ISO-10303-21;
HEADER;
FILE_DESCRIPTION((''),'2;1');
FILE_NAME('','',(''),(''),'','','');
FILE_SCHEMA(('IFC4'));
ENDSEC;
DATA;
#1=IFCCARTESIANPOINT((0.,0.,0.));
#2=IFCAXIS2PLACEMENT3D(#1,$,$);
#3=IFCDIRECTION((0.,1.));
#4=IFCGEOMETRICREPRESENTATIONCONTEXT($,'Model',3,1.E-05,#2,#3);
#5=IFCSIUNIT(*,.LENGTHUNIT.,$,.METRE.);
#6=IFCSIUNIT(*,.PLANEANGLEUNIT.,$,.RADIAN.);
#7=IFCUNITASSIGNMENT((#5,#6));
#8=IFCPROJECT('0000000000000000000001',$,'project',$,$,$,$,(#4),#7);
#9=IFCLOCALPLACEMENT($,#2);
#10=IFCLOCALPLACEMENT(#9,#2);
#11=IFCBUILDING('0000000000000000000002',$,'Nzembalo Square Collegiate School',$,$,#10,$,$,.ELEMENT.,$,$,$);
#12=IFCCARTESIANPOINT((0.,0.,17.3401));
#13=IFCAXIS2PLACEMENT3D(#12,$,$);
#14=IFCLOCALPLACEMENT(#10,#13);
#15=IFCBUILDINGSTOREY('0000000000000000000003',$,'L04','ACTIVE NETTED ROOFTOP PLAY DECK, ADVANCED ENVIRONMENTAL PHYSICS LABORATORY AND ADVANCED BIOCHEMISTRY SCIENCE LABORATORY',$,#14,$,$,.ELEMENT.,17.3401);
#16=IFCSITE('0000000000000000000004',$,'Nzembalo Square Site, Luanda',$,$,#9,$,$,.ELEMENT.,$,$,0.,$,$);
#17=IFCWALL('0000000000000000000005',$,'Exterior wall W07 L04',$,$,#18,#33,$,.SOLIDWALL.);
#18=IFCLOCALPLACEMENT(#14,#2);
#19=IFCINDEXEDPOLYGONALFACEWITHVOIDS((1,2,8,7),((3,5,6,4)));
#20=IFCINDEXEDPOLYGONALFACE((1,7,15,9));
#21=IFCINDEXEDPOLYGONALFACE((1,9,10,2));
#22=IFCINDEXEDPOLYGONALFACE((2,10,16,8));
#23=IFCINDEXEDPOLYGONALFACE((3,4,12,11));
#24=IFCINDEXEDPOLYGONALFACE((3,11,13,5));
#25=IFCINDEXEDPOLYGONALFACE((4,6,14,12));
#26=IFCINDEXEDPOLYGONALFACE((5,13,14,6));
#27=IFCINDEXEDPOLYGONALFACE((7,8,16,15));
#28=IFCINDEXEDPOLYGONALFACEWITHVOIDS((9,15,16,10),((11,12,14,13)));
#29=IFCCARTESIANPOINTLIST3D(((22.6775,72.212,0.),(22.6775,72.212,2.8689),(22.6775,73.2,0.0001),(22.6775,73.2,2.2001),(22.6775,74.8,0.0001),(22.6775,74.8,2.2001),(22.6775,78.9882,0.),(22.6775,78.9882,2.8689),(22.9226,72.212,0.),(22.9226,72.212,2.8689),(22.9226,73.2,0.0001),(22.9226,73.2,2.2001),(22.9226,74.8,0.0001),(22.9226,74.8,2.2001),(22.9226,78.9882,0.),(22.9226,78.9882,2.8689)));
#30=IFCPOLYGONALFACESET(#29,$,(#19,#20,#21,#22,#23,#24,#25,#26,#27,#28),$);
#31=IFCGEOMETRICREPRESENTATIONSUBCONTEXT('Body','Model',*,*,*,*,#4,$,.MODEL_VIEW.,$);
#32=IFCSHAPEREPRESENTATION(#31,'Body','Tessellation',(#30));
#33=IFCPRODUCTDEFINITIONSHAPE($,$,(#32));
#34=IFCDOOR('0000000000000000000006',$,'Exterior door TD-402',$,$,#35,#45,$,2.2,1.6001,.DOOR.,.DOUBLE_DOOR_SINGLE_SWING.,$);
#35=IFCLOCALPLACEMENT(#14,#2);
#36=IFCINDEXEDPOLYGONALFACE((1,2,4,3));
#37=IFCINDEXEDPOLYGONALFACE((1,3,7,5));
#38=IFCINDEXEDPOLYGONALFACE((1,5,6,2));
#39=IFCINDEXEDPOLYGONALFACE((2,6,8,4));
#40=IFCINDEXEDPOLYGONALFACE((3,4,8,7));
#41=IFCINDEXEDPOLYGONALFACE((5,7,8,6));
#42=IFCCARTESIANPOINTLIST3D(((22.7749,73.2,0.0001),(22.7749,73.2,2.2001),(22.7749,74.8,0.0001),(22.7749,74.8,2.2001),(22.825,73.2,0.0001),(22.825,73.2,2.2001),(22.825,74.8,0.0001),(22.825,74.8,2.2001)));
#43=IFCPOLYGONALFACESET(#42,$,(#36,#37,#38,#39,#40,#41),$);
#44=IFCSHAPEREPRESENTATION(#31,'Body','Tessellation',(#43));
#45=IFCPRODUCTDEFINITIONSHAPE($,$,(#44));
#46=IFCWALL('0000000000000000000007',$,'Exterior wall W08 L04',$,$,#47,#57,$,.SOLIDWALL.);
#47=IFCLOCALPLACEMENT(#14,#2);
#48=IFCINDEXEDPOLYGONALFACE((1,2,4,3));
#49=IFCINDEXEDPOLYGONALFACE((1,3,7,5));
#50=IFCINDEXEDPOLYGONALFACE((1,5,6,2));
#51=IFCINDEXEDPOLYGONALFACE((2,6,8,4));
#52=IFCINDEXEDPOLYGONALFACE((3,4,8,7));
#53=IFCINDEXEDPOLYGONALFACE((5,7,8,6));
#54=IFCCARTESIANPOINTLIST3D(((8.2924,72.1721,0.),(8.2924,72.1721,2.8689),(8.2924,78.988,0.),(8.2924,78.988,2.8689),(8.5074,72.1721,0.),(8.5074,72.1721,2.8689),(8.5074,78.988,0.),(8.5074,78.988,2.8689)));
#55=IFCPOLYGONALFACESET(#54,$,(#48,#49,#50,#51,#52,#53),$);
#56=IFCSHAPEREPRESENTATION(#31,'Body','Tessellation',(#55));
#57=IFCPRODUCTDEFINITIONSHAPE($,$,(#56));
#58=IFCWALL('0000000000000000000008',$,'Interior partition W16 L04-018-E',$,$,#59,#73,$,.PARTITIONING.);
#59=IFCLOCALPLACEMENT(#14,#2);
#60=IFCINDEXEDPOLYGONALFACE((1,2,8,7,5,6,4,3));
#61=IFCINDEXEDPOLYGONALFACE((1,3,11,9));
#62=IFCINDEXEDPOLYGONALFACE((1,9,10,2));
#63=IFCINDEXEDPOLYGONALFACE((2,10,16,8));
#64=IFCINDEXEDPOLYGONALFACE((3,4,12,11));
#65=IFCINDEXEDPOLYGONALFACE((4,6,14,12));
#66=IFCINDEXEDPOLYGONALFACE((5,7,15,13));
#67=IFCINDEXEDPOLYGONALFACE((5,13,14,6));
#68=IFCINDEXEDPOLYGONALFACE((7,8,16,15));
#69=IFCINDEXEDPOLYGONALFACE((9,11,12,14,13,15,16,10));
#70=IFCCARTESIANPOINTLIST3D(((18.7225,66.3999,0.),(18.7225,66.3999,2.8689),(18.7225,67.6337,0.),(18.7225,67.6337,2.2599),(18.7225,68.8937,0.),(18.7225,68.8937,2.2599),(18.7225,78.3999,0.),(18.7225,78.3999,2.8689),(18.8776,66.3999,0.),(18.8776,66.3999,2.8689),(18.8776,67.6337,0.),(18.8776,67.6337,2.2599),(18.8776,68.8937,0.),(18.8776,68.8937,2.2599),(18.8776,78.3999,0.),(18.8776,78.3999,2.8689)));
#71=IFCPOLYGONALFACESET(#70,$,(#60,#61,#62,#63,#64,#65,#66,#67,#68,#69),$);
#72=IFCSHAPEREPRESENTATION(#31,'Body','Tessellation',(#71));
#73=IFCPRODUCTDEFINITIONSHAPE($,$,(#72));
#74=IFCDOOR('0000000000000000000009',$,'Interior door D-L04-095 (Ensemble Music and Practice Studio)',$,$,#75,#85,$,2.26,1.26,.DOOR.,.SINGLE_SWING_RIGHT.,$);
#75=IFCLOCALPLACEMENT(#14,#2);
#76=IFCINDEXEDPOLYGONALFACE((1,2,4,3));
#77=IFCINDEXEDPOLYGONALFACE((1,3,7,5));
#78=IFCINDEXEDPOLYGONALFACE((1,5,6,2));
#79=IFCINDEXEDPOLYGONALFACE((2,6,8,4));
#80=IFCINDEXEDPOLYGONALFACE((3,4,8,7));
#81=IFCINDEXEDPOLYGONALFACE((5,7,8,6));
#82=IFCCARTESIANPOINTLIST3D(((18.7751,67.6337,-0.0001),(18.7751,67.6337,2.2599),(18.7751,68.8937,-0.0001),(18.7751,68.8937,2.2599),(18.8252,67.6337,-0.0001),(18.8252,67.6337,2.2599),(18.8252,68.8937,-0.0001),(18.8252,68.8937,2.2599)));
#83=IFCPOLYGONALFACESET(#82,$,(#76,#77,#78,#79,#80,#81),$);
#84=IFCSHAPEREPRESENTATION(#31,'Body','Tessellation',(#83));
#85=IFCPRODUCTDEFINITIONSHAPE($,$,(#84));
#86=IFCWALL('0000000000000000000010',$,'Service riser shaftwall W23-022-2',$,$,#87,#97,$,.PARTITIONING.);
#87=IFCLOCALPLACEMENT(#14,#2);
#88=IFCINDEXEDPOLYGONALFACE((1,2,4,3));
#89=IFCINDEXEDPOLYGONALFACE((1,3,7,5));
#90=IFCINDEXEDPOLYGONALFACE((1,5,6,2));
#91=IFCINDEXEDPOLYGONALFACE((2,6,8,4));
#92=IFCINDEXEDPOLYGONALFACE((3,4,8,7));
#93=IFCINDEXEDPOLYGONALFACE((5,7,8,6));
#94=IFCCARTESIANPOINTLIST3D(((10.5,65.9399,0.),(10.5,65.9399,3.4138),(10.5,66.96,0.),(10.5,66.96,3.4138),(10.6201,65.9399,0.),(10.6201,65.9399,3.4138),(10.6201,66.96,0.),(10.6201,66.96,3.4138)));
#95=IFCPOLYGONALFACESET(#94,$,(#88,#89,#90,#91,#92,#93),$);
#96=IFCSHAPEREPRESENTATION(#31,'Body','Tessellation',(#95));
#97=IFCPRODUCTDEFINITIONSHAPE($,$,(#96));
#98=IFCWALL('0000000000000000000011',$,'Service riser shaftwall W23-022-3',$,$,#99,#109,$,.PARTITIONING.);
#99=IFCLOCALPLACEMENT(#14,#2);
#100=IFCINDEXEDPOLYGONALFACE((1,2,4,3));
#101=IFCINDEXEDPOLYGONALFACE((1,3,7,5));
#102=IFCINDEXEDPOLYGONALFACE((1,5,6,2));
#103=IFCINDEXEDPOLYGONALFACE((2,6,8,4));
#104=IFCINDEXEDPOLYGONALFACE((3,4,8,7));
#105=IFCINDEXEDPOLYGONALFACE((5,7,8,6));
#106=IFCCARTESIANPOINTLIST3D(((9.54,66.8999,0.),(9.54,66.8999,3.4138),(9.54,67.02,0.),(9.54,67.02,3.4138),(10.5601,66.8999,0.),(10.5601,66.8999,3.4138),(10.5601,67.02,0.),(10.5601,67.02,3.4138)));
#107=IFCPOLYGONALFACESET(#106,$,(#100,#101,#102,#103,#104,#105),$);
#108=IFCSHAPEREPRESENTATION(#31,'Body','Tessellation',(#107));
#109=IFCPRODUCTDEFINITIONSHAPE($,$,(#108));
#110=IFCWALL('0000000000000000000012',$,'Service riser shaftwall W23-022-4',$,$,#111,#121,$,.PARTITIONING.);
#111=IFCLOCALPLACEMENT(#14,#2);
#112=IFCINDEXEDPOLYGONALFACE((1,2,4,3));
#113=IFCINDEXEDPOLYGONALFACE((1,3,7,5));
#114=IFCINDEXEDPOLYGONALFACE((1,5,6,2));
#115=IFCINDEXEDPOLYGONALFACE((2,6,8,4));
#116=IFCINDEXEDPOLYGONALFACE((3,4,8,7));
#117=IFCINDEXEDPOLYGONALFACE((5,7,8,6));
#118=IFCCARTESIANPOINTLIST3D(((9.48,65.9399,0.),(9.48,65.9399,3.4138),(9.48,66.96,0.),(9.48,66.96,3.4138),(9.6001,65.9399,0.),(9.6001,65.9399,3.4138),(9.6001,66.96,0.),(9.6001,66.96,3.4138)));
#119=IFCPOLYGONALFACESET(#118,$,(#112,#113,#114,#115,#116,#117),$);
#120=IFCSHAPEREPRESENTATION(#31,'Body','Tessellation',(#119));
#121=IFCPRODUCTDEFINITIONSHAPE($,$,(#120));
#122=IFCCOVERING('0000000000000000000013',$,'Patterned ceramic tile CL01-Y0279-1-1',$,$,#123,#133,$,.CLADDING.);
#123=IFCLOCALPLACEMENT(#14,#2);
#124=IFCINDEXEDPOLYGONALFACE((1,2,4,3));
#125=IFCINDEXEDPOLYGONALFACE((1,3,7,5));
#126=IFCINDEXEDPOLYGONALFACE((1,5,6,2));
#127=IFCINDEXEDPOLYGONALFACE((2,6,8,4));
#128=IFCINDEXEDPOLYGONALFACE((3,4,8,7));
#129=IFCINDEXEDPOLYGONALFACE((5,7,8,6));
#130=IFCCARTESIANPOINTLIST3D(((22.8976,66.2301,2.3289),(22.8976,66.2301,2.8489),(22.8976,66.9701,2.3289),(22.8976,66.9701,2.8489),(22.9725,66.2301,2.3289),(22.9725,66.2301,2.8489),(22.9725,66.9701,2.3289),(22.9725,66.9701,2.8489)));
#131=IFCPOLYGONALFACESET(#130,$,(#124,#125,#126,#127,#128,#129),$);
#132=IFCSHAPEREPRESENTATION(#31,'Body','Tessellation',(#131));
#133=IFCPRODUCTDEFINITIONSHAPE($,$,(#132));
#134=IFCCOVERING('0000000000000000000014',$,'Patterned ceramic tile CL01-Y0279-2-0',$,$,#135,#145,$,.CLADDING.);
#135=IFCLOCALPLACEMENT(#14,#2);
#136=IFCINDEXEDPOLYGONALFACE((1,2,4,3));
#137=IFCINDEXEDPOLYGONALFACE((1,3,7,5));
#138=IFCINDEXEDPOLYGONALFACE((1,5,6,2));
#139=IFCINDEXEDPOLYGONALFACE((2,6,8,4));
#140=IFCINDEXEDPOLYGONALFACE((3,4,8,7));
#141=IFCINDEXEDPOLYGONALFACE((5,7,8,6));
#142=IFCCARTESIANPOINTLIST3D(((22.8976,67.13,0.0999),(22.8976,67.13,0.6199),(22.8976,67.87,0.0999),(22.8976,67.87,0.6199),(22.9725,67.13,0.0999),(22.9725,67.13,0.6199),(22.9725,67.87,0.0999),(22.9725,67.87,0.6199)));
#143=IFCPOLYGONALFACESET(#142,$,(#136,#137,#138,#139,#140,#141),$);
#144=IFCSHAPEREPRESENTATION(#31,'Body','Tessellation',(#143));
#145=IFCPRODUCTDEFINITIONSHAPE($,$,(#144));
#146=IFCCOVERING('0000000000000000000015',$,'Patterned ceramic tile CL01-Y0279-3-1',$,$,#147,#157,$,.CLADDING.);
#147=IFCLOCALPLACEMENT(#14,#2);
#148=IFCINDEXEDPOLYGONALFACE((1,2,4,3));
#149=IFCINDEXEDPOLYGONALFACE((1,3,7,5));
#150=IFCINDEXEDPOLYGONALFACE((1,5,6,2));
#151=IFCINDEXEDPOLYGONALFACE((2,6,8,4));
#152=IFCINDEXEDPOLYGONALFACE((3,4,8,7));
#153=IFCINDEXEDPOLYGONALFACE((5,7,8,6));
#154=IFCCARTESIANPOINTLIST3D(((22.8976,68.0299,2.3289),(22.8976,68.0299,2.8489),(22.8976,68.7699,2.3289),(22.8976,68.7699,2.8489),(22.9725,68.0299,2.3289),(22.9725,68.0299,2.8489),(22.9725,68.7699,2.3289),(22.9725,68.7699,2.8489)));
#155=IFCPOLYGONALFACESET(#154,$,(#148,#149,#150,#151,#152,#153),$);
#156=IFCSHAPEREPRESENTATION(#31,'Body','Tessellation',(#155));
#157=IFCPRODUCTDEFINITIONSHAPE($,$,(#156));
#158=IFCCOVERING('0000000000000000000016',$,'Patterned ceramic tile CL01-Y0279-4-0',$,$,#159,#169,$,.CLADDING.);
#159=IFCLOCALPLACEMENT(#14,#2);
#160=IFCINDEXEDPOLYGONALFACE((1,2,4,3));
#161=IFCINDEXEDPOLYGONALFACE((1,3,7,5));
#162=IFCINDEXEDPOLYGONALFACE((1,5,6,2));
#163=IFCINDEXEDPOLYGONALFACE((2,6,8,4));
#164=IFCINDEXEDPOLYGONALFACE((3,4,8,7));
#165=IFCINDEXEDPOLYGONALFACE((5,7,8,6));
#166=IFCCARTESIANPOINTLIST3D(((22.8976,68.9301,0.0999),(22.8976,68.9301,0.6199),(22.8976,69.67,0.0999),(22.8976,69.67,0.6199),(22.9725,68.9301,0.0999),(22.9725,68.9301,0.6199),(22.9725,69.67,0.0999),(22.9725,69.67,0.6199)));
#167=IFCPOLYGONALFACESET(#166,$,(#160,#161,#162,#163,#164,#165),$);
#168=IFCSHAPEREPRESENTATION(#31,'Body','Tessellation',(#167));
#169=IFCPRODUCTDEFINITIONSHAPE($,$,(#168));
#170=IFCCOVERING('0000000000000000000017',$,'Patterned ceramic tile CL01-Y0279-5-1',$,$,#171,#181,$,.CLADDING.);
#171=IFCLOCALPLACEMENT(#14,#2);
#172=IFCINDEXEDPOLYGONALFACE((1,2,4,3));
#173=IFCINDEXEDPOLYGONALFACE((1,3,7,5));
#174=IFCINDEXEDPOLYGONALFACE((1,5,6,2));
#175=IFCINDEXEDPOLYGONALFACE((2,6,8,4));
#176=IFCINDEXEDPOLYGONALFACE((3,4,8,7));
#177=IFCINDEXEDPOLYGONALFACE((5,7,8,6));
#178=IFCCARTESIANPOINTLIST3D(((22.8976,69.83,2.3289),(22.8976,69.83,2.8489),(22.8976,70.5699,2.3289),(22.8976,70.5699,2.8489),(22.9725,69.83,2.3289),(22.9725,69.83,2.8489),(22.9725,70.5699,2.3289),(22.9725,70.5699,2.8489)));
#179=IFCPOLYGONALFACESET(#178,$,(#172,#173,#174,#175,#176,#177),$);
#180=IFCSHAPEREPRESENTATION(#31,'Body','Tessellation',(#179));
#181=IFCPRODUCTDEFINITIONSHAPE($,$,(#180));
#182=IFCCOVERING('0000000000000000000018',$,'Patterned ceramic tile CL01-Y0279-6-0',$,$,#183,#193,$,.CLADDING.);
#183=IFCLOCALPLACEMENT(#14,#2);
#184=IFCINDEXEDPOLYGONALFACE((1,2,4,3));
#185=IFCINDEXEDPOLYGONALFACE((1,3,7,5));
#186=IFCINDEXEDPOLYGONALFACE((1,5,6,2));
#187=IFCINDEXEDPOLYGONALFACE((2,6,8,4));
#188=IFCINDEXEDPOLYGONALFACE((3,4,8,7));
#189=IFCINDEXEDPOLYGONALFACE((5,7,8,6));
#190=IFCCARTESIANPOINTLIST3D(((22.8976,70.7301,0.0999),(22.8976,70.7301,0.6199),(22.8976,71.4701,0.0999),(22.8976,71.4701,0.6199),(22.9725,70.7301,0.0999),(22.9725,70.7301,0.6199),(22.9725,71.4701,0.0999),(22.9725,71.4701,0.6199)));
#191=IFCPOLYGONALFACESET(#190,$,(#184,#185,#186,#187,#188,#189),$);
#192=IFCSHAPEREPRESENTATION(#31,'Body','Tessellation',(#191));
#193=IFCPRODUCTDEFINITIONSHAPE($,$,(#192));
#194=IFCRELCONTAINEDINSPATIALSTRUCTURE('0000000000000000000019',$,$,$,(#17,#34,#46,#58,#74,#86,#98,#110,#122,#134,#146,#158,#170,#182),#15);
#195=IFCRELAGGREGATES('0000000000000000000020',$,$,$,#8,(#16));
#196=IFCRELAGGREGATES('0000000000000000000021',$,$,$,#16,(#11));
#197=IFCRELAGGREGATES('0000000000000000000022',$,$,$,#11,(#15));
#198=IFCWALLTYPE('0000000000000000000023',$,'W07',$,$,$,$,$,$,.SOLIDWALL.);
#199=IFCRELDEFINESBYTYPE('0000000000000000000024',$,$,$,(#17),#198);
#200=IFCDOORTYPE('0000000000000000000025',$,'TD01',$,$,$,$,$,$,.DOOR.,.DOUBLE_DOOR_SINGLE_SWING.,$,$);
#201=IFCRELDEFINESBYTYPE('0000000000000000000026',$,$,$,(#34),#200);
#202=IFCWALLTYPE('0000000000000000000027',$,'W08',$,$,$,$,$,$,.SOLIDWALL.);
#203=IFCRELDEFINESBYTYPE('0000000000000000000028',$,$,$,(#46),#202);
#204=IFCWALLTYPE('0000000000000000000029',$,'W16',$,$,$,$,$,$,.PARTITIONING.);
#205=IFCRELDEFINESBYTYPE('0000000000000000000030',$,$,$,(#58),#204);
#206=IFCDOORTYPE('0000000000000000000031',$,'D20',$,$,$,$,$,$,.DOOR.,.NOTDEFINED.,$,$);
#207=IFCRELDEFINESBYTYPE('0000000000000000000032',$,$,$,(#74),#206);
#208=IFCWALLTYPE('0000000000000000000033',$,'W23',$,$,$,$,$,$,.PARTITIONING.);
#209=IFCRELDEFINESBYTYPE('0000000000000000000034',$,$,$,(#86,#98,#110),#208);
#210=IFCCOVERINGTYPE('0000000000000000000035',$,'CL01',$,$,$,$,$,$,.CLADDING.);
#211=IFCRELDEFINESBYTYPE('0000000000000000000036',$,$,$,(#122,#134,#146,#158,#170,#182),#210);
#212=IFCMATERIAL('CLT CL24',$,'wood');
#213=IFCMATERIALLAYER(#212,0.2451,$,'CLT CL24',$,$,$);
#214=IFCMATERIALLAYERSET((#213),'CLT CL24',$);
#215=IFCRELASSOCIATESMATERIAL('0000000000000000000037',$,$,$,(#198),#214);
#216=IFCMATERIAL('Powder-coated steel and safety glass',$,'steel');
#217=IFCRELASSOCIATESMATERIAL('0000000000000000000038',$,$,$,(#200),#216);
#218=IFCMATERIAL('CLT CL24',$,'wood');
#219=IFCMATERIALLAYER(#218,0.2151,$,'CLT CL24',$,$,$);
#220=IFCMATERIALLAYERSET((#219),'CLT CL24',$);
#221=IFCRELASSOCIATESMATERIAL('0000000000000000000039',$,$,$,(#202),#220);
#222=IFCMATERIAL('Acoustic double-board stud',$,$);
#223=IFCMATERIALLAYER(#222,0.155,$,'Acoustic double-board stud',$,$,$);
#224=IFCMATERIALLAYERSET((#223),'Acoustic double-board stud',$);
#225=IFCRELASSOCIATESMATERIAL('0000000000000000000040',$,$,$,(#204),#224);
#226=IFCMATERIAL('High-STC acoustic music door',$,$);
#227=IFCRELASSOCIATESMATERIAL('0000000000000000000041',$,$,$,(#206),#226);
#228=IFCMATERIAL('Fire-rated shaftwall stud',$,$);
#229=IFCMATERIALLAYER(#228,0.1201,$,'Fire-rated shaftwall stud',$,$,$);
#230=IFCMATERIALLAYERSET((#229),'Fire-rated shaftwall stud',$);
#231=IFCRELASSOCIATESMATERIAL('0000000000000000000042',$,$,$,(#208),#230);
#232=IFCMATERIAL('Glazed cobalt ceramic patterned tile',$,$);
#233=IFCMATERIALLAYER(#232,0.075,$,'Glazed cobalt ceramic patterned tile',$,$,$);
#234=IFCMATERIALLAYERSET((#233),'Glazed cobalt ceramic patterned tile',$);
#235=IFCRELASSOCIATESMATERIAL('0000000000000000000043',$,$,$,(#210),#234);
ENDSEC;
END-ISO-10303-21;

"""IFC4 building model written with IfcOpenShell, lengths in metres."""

from ifc_helpers import new_model, si_unit, direction, frame, frame_2d, origin, origin_2d, place, context, subcontext, project, spatial, rectangle, extrude, material, layer, layer_set, type_object, element, fill, save


model = new_model("IFC4")

# Units and contexts
model_context = context("Model", 3, precision=1e-05, world=origin(), true_north=direction((0.0, 1.0)))
body_context = subcontext(model_context, "Body", "Model", "MODEL_VIEW")
ifc_project = project(units=[si_unit("LENGTHUNIT", "METRE"), si_unit("PLANEANGLEUNIT", "RADIAN")], contexts=[model_context])

# Site, building, storey
site_placement = place(None, origin())
site = spatial("IfcSite", under=ifc_project, at=site_placement, Name="Nzembalo Square Site, Luanda", CompositionType="ELEMENT", RefElevation=0.0)
building_placement = place(site_placement, origin())
building = spatial("IfcBuilding", under=site, at=building_placement, Name="Nzembalo Square Collegiate School", CompositionType="ELEMENT")
storey_placement = place(building_placement, frame((0.0, 0.0, 17.3401)))
storey = spatial("IfcBuildingStorey", under=building, at=storey_placement, Name="L04", Description="ACTIVE NETTED ROOFTOP PLAY DECK, ADVANCED ENVIRONMENTAL PHYSICS LABORATORY AND ADVANCED BIOCHEMISTRY SCIENCE LABORATORY", CompositionType="ELEMENT", Elevation=17.3401)

# Wall, opening, door
ifc_material_1 = material(Name="CLT CL24", Category="wood")
ifc_layer_1 = layer(ifc_material_1, 0.2451, Name="CLT CL24")
ifc_layer_set_1 = layer_set([ifc_layer_1], Name="CLT CL24")
wall_type_1 = type_object("IfcWallType", Name="W07", PredefinedType="SOLIDWALL", material=ifc_layer_set_1)
wall_1_placement = place(storey_placement, frame((22.8, 72.2119, 0.0), z_axis=(0.0, 0.0, 1.0), x_axis=(0.0, 1.0, 0.0)))
wall_1 = element("IfcWall", 1, at=wall_1_placement, inside=storey, type_object=wall_type_1, Name="Exterior wall W07 L04", PredefinedType="SOLIDWALL", context=body_context, shape_type="SweptSolid", body=[
    extrude(rectangle(XDim=6.7761, YDim=0.2451, at=frame_2d((3.3882, 0.0))), origin(), (0.0, 0.0, 1.0), 2.8689),
])
opening_1_placement = place(wall_1_placement, frame((0.988, 0.0, 0.0)))
opening_1 = element("IfcOpeningElement", 2, at=opening_1_placement, cuts=wall_1, PredefinedType="OPENING", context=body_context, shape_type="SweptSolid", body=[
    extrude(rectangle(XDim=1.6001, YDim=2.2, at=frame_2d((0.8, 1.1001))), frame((0.0, 0.1326, 0.0), z_axis=(0.0, -1.0, 0.0), x_axis=(1.0, 0.0, 0.0)), (0.0, 0.0, 1.0), 0.2651),
])
ifc_material_2 = material(Name="Powder-coated steel and safety glass", Category="steel")
door_type_1 = type_object("IfcDoorType", Name="TD01", OperationType="DOUBLE_DOOR_SINGLE_SWING", PredefinedType="DOOR", material=ifc_material_2)
door_1_placement = place(opening_1_placement, frame((1.6001, 0.0, 0.0), z_axis=(0.0, 0.0, 1.0), x_axis=(-1.0, 0.0, 0.0)))
door_1 = element("IfcDoor", 3, at=door_1_placement, inside=storey, type_object=door_type_1, Name="Exterior door TD-402", OperationType="DOUBLE_DOOR_SINGLE_SWING", OverallHeight=2.2, OverallWidth=1.6001, PredefinedType="DOOR", context=body_context, shape_type="SweptSolid", body=[
    extrude(rectangle(XDim=1.6001, YDim=2.2, at=frame_2d((0.8, 1.1001))), frame((0.0, 0.0249, 0.0), z_axis=(0.0, -1.0, 0.0), x_axis=(1.0, 0.0, 0.0)), (0.0, 0.0, 1.0), 0.05),
])
fill(opening_1, door_1)

# Wall
ifc_material_3 = material(Name="CLT CL24", Category="wood")
ifc_layer_2 = layer(ifc_material_3, 0.2151, Name="CLT CL24")
ifc_layer_set_2 = layer_set([ifc_layer_2], Name="CLT CL24")
wall_type_2 = type_object("IfcWallType", Name="W08", PredefinedType="SOLIDWALL", material=ifc_layer_set_2)
wall_2_placement = place(storey_placement, frame((8.3999, 72.1721, 0.0), z_axis=(0.0, 0.0, 1.0), x_axis=(0.0, 1.0, 0.0)))
element("IfcWall", 4, at=wall_2_placement, inside=storey, type_object=wall_type_2, Name="Exterior wall W08 L04", PredefinedType="SOLIDWALL", context=body_context, shape_type="SweptSolid", body=[
    extrude(rectangle(XDim=6.8159, YDim=0.2151, at=frame_2d((3.408, 0.0))), origin(), (0.0, 0.0, 1.0), 2.8689),
])

# Wall, opening, door
ifc_material_4 = material(Name="Acoustic double-board stud")
ifc_layer_3 = layer(ifc_material_4, 0.155, Name="Acoustic double-board stud")
ifc_layer_set_3 = layer_set([ifc_layer_3], Name="Acoustic double-board stud")
wall_type_3 = type_object("IfcWallType", Name="W16", PredefinedType="PARTITIONING", material=ifc_layer_set_3)
wall_3_placement = place(storey_placement, frame((18.8, 66.3999, 0.0), z_axis=(0.0, 0.0, 1.0), x_axis=(0.0, 1.0, 0.0)))
wall_3 = element("IfcWall", 5, at=wall_3_placement, inside=storey, type_object=wall_type_3, Name="Interior partition W16 L04-018-E", PredefinedType="PARTITIONING", context=body_context, shape_type="SweptSolid", body=[
    extrude(rectangle(XDim=12.0, YDim=0.155, at=frame_2d((6.0, 0.0))), origin(), (0.0, 0.0, 1.0), 2.8689),
])
opening_2_placement = place(wall_3_placement, frame((1.2339, 0.0, 0.0)))
opening_2 = element("IfcOpeningElement", 6, at=opening_2_placement, cuts=wall_3, PredefinedType="OPENING", context=body_context, shape_type="SweptSolid", body=[
    extrude(rectangle(XDim=1.26, YDim=2.26, at=frame_2d((0.6299, 1.1299))), frame((0.0, 0.0874, 0.0), z_axis=(0.0, -1.0, 0.0), x_axis=(1.0, 0.0, 0.0)), (0.0, 0.0, 1.0), 0.175),
])
ifc_material_5 = material(Name="High-STC acoustic music door")
door_type_2 = type_object("IfcDoorType", Name="D20", OperationType="NOTDEFINED", PredefinedType="DOOR", material=ifc_material_5)
door_2_placement = place(opening_2_placement, origin())
door_2 = element("IfcDoor", 7, at=door_2_placement, inside=storey, type_object=door_type_2, Name="Interior door D-L04-095 (Ensemble Music and Practice Studio)", OperationType="SINGLE_SWING_RIGHT", OverallHeight=2.26, OverallWidth=1.26, PredefinedType="DOOR", context=body_context, shape_type="SweptSolid", body=[
    extrude(rectangle(XDim=1.26, YDim=2.26, at=frame_2d((0.6299, 1.1299))), frame((0.0, 0.0249, 0.0), z_axis=(0.0, -1.0, 0.0), x_axis=(1.0, 0.0, 0.0)), (0.0, 0.0, 1.0), 0.05),
])
fill(opening_2, door_2)

# Walls
ifc_material_6 = material(Name="Fire-rated shaftwall stud")
ifc_layer_4 = layer(ifc_material_6, 0.1201, Name="Fire-rated shaftwall stud")
ifc_layer_set_4 = layer_set([ifc_layer_4], Name="Fire-rated shaftwall stud")
wall_type_4 = type_object("IfcWallType", Name="W23", PredefinedType="PARTITIONING", material=ifc_layer_set_4)
for number, where, z_axis, x_axis, name in (
    (8, (10.5601, 65.9399, 0.0), (0.0, 0.0, 1.0), (0.0, 1.0, 0.0), "Service riser shaftwall W23-022-2"),
    (9, (10.5601, 66.96, 0.0), (0.0, 0.0, 1.0), (-1.0, 0.0, 0.0), "Service riser shaftwall W23-022-3"),
    (10, (9.54, 66.96, 0.0), (0.0, 0.0, 1.0), (0.0, -1.0, 0.0), "Service riser shaftwall W23-022-4"),
):
    element("IfcWall", number, at=place(storey_placement, frame(where, z_axis=z_axis, x_axis=x_axis)), inside=storey, type_object=wall_type_4, Name=name, PredefinedType="PARTITIONING", context=body_context, shape_type="SweptSolid", body=[
        extrude(rectangle(XDim=1.02, YDim=0.1201, at=frame_2d((0.51, 0.0))), origin(), (0.0, 0.0, 1.0), 3.4138),
    ])

# Coverings
ifc_material_7 = material(Name="Glazed cobalt ceramic patterned tile")
ifc_layer_5 = layer(ifc_material_7, 0.075, Name="Glazed cobalt ceramic patterned tile")
ifc_layer_set_5 = layer_set([ifc_layer_5], Name="Glazed cobalt ceramic patterned tile")
covering_type_1 = type_object("IfcCoveringType", Name="CL01", PredefinedType="CLADDING", material=ifc_layer_set_5)
for number, where, z_axis, x_axis, name in (
    (11, (22.9351, 66.6001, 2.3289), (0.0, 0.0, 1.0), (1.0, 0.0, 0.0), "Patterned ceramic tile CL01-Y0279-1-1"),
    (12, (22.9351, 67.5, 0.0999), (0.0, 0.0, 1.0), (1.0, 0.0, 0.0), "Patterned ceramic tile CL01-Y0279-2-0"),
    (13, (22.9351, 68.3999, 2.3289), (0.0, 0.0, 1.0), (1.0, 0.0, 0.0), "Patterned ceramic tile CL01-Y0279-3-1"),
    (14, (22.9351, 69.3, 0.0999), (0.0, 0.0, 1.0), (1.0, 0.0, 0.0), "Patterned ceramic tile CL01-Y0279-4-0"),
    (15, (22.9351, 70.2, 2.3289), (0.0, 0.0, 1.0), (1.0, 0.0, 0.0), "Patterned ceramic tile CL01-Y0279-5-1"),
    (16, (22.9351, 71.1001, 0.0999), (0.0, 0.0, 1.0), (1.0, 0.0, 0.0), "Patterned ceramic tile CL01-Y0279-6-0"),
):
    element("IfcCovering", number, at=place(storey_placement, frame(where, z_axis=z_axis, x_axis=x_axis)), inside=storey, type_object=covering_type_1, Name=name, PredefinedType="CLADDING", context=body_context, shape_type="SweptSolid", body=[
        extrude(rectangle(XDim=0.075, YDim=0.74, at=origin_2d()), origin(), (0.0, 0.0, 1.0), 0.52),
    ])

save(model, "model.ifc")
